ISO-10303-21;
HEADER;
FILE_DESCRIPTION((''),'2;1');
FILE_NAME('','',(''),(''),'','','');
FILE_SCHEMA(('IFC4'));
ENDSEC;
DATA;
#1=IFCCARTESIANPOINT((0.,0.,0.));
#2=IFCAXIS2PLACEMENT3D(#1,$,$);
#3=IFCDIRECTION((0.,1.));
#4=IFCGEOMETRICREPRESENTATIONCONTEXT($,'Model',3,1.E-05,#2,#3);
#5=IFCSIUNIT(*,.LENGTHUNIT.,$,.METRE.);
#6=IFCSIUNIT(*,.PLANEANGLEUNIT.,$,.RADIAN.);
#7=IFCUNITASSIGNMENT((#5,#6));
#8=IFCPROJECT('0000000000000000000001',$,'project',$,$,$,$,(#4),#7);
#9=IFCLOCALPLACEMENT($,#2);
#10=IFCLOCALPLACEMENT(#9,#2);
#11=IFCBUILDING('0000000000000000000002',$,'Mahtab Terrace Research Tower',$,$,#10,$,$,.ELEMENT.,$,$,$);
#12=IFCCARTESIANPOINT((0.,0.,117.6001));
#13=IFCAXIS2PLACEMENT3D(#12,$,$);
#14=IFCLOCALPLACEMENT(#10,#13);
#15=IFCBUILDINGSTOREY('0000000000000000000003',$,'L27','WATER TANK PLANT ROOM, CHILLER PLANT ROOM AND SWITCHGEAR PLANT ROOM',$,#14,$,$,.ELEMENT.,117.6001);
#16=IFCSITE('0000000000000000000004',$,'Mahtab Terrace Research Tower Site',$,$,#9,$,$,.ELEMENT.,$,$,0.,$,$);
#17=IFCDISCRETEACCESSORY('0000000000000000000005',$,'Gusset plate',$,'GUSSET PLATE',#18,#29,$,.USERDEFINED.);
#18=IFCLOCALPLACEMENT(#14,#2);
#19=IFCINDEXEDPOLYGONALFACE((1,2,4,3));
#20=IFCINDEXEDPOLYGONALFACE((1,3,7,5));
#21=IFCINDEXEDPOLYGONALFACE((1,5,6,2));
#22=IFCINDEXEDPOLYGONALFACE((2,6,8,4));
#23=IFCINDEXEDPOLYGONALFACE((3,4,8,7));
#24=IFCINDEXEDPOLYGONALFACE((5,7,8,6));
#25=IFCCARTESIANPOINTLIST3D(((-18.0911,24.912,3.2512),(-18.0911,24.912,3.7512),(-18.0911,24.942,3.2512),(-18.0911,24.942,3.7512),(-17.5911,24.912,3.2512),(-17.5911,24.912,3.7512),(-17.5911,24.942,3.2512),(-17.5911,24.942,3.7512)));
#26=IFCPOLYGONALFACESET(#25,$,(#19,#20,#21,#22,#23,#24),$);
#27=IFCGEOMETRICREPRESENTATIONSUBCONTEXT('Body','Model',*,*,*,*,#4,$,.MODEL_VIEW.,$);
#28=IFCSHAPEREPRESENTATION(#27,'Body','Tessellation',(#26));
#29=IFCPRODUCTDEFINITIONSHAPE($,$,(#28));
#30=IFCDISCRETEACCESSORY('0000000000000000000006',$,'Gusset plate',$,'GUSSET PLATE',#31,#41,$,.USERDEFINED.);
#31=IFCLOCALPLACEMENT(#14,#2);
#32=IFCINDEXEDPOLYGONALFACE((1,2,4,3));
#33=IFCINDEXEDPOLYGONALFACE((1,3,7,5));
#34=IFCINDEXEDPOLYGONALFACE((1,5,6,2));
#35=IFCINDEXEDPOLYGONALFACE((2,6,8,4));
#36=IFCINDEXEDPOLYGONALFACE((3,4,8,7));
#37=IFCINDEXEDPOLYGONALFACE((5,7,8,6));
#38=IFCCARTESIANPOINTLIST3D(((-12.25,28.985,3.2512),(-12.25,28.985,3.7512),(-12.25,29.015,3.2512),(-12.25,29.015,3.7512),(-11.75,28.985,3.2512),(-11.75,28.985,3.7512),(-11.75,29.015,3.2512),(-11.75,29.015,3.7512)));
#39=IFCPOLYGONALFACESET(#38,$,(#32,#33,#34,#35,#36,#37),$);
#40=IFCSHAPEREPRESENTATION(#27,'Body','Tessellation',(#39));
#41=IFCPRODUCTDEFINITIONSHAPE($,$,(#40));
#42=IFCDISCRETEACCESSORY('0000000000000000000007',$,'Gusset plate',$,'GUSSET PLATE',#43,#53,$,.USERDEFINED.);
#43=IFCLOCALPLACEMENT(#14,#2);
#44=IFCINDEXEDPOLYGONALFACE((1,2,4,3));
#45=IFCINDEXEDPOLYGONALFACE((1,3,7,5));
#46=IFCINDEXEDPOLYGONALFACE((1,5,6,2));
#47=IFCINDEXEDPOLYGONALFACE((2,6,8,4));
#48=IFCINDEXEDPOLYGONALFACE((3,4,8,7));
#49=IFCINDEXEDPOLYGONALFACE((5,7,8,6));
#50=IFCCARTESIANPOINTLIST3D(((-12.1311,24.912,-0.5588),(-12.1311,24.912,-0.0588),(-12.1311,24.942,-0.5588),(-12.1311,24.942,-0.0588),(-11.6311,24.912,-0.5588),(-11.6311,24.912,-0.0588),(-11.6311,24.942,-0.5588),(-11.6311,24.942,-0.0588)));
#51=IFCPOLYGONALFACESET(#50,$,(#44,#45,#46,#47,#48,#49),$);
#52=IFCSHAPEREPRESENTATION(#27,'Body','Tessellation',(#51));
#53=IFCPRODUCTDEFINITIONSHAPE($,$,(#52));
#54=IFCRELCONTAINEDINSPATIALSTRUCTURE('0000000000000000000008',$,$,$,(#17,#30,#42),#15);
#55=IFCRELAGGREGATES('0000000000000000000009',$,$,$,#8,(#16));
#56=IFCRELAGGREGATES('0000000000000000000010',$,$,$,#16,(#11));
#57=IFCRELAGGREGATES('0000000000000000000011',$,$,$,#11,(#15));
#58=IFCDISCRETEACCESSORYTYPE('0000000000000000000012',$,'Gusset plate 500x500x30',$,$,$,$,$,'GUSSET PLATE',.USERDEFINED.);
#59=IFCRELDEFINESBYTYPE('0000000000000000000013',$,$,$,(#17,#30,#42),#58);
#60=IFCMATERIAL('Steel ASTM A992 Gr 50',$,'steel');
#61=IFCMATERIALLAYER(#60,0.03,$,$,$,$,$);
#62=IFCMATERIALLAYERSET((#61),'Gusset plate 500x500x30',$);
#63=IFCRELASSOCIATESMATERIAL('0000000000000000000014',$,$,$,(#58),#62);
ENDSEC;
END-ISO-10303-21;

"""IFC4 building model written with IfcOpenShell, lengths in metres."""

from ifc_helpers import new_model, si_unit, direction, frame, origin, origin_2d, place, context, subcontext, project, spatial, rectangle, extrude, material, layer, layer_set, type_object, element, save


model = new_model("IFC4")

# Units and contexts
model_context = context("Model", 3, precision=1e-05, world=origin(), true_north=direction((0.0, 1.0)))
body_context = subcontext(model_context, "Body", "Model", "MODEL_VIEW")
ifc_project = project(units=[si_unit("LENGTHUNIT", "METRE"), si_unit("PLANEANGLEUNIT", "RADIAN")], contexts=[model_context])

# Site, building, storey
site_placement = place(None, origin())
site = spatial("IfcSite", under=ifc_project, at=site_placement, Name="Mahtab Terrace Research Tower Site", CompositionType="ELEMENT", RefElevation=0.0)
building_placement = place(site_placement, origin())
building = spatial("IfcBuilding", under=site, at=building_placement, Name="Mahtab Terrace Research Tower", CompositionType="ELEMENT")
storey_placement = place(building_placement, frame((0.0, 0.0, 117.6001)))
storey = spatial("IfcBuildingStorey", under=building, at=storey_placement, Name="L27", Description="WATER TANK PLANT ROOM, CHILLER PLANT ROOM AND SWITCHGEAR PLANT ROOM", CompositionType="ELEMENT", Elevation=117.6001)

# Shared definitions
ifc_material_1 = material(Name="Steel ASTM A992 Gr 50", Category="steel")

# Discrete accessories
ifc_layer_1 = layer(ifc_material_1, 0.03)
ifc_layer_set_1 = layer_set([ifc_layer_1], Name="Gusset plate 500x500x30")
discrete_accessory_type_1 = type_object("IfcDiscreteAccessoryType", Name="Gusset plate 500x500x30", ElementType="GUSSET PLATE", PredefinedType="USERDEFINED", material=ifc_layer_set_1)
for number, where, z_axis, x_axis, name in (
    (1, (-17.8411, 24.927, 3.2512), (0.0, 0.0, 1.0), (1.0, 0.0, 0.0), "Gusset plate"),
    (2, (-12.0, 29.0, 3.2512), (0.0, 0.0, 1.0), (1.0, 0.0, 0.0), "Gusset plate"),
    (3, (-11.8811, 24.927, -0.5588), (0.0, 0.0, 1.0), (1.0, 0.0, 0.0), "Gusset plate"),
):
    element("IfcDiscreteAccessory", number, at=place(storey_placement, frame(where, z_axis=z_axis, x_axis=x_axis)), inside=storey, type_object=discrete_accessory_type_1, Name=name, ObjectType="GUSSET PLATE", PredefinedType="USERDEFINED", context=body_context, shape_type="SweptSolid", body=[
        extrude(rectangle(XDim=0.5, YDim=0.03, at=origin_2d()), origin(), (0.0, 0.0, 1.0), 0.5),
    ])

save(model, "model.ifc")
